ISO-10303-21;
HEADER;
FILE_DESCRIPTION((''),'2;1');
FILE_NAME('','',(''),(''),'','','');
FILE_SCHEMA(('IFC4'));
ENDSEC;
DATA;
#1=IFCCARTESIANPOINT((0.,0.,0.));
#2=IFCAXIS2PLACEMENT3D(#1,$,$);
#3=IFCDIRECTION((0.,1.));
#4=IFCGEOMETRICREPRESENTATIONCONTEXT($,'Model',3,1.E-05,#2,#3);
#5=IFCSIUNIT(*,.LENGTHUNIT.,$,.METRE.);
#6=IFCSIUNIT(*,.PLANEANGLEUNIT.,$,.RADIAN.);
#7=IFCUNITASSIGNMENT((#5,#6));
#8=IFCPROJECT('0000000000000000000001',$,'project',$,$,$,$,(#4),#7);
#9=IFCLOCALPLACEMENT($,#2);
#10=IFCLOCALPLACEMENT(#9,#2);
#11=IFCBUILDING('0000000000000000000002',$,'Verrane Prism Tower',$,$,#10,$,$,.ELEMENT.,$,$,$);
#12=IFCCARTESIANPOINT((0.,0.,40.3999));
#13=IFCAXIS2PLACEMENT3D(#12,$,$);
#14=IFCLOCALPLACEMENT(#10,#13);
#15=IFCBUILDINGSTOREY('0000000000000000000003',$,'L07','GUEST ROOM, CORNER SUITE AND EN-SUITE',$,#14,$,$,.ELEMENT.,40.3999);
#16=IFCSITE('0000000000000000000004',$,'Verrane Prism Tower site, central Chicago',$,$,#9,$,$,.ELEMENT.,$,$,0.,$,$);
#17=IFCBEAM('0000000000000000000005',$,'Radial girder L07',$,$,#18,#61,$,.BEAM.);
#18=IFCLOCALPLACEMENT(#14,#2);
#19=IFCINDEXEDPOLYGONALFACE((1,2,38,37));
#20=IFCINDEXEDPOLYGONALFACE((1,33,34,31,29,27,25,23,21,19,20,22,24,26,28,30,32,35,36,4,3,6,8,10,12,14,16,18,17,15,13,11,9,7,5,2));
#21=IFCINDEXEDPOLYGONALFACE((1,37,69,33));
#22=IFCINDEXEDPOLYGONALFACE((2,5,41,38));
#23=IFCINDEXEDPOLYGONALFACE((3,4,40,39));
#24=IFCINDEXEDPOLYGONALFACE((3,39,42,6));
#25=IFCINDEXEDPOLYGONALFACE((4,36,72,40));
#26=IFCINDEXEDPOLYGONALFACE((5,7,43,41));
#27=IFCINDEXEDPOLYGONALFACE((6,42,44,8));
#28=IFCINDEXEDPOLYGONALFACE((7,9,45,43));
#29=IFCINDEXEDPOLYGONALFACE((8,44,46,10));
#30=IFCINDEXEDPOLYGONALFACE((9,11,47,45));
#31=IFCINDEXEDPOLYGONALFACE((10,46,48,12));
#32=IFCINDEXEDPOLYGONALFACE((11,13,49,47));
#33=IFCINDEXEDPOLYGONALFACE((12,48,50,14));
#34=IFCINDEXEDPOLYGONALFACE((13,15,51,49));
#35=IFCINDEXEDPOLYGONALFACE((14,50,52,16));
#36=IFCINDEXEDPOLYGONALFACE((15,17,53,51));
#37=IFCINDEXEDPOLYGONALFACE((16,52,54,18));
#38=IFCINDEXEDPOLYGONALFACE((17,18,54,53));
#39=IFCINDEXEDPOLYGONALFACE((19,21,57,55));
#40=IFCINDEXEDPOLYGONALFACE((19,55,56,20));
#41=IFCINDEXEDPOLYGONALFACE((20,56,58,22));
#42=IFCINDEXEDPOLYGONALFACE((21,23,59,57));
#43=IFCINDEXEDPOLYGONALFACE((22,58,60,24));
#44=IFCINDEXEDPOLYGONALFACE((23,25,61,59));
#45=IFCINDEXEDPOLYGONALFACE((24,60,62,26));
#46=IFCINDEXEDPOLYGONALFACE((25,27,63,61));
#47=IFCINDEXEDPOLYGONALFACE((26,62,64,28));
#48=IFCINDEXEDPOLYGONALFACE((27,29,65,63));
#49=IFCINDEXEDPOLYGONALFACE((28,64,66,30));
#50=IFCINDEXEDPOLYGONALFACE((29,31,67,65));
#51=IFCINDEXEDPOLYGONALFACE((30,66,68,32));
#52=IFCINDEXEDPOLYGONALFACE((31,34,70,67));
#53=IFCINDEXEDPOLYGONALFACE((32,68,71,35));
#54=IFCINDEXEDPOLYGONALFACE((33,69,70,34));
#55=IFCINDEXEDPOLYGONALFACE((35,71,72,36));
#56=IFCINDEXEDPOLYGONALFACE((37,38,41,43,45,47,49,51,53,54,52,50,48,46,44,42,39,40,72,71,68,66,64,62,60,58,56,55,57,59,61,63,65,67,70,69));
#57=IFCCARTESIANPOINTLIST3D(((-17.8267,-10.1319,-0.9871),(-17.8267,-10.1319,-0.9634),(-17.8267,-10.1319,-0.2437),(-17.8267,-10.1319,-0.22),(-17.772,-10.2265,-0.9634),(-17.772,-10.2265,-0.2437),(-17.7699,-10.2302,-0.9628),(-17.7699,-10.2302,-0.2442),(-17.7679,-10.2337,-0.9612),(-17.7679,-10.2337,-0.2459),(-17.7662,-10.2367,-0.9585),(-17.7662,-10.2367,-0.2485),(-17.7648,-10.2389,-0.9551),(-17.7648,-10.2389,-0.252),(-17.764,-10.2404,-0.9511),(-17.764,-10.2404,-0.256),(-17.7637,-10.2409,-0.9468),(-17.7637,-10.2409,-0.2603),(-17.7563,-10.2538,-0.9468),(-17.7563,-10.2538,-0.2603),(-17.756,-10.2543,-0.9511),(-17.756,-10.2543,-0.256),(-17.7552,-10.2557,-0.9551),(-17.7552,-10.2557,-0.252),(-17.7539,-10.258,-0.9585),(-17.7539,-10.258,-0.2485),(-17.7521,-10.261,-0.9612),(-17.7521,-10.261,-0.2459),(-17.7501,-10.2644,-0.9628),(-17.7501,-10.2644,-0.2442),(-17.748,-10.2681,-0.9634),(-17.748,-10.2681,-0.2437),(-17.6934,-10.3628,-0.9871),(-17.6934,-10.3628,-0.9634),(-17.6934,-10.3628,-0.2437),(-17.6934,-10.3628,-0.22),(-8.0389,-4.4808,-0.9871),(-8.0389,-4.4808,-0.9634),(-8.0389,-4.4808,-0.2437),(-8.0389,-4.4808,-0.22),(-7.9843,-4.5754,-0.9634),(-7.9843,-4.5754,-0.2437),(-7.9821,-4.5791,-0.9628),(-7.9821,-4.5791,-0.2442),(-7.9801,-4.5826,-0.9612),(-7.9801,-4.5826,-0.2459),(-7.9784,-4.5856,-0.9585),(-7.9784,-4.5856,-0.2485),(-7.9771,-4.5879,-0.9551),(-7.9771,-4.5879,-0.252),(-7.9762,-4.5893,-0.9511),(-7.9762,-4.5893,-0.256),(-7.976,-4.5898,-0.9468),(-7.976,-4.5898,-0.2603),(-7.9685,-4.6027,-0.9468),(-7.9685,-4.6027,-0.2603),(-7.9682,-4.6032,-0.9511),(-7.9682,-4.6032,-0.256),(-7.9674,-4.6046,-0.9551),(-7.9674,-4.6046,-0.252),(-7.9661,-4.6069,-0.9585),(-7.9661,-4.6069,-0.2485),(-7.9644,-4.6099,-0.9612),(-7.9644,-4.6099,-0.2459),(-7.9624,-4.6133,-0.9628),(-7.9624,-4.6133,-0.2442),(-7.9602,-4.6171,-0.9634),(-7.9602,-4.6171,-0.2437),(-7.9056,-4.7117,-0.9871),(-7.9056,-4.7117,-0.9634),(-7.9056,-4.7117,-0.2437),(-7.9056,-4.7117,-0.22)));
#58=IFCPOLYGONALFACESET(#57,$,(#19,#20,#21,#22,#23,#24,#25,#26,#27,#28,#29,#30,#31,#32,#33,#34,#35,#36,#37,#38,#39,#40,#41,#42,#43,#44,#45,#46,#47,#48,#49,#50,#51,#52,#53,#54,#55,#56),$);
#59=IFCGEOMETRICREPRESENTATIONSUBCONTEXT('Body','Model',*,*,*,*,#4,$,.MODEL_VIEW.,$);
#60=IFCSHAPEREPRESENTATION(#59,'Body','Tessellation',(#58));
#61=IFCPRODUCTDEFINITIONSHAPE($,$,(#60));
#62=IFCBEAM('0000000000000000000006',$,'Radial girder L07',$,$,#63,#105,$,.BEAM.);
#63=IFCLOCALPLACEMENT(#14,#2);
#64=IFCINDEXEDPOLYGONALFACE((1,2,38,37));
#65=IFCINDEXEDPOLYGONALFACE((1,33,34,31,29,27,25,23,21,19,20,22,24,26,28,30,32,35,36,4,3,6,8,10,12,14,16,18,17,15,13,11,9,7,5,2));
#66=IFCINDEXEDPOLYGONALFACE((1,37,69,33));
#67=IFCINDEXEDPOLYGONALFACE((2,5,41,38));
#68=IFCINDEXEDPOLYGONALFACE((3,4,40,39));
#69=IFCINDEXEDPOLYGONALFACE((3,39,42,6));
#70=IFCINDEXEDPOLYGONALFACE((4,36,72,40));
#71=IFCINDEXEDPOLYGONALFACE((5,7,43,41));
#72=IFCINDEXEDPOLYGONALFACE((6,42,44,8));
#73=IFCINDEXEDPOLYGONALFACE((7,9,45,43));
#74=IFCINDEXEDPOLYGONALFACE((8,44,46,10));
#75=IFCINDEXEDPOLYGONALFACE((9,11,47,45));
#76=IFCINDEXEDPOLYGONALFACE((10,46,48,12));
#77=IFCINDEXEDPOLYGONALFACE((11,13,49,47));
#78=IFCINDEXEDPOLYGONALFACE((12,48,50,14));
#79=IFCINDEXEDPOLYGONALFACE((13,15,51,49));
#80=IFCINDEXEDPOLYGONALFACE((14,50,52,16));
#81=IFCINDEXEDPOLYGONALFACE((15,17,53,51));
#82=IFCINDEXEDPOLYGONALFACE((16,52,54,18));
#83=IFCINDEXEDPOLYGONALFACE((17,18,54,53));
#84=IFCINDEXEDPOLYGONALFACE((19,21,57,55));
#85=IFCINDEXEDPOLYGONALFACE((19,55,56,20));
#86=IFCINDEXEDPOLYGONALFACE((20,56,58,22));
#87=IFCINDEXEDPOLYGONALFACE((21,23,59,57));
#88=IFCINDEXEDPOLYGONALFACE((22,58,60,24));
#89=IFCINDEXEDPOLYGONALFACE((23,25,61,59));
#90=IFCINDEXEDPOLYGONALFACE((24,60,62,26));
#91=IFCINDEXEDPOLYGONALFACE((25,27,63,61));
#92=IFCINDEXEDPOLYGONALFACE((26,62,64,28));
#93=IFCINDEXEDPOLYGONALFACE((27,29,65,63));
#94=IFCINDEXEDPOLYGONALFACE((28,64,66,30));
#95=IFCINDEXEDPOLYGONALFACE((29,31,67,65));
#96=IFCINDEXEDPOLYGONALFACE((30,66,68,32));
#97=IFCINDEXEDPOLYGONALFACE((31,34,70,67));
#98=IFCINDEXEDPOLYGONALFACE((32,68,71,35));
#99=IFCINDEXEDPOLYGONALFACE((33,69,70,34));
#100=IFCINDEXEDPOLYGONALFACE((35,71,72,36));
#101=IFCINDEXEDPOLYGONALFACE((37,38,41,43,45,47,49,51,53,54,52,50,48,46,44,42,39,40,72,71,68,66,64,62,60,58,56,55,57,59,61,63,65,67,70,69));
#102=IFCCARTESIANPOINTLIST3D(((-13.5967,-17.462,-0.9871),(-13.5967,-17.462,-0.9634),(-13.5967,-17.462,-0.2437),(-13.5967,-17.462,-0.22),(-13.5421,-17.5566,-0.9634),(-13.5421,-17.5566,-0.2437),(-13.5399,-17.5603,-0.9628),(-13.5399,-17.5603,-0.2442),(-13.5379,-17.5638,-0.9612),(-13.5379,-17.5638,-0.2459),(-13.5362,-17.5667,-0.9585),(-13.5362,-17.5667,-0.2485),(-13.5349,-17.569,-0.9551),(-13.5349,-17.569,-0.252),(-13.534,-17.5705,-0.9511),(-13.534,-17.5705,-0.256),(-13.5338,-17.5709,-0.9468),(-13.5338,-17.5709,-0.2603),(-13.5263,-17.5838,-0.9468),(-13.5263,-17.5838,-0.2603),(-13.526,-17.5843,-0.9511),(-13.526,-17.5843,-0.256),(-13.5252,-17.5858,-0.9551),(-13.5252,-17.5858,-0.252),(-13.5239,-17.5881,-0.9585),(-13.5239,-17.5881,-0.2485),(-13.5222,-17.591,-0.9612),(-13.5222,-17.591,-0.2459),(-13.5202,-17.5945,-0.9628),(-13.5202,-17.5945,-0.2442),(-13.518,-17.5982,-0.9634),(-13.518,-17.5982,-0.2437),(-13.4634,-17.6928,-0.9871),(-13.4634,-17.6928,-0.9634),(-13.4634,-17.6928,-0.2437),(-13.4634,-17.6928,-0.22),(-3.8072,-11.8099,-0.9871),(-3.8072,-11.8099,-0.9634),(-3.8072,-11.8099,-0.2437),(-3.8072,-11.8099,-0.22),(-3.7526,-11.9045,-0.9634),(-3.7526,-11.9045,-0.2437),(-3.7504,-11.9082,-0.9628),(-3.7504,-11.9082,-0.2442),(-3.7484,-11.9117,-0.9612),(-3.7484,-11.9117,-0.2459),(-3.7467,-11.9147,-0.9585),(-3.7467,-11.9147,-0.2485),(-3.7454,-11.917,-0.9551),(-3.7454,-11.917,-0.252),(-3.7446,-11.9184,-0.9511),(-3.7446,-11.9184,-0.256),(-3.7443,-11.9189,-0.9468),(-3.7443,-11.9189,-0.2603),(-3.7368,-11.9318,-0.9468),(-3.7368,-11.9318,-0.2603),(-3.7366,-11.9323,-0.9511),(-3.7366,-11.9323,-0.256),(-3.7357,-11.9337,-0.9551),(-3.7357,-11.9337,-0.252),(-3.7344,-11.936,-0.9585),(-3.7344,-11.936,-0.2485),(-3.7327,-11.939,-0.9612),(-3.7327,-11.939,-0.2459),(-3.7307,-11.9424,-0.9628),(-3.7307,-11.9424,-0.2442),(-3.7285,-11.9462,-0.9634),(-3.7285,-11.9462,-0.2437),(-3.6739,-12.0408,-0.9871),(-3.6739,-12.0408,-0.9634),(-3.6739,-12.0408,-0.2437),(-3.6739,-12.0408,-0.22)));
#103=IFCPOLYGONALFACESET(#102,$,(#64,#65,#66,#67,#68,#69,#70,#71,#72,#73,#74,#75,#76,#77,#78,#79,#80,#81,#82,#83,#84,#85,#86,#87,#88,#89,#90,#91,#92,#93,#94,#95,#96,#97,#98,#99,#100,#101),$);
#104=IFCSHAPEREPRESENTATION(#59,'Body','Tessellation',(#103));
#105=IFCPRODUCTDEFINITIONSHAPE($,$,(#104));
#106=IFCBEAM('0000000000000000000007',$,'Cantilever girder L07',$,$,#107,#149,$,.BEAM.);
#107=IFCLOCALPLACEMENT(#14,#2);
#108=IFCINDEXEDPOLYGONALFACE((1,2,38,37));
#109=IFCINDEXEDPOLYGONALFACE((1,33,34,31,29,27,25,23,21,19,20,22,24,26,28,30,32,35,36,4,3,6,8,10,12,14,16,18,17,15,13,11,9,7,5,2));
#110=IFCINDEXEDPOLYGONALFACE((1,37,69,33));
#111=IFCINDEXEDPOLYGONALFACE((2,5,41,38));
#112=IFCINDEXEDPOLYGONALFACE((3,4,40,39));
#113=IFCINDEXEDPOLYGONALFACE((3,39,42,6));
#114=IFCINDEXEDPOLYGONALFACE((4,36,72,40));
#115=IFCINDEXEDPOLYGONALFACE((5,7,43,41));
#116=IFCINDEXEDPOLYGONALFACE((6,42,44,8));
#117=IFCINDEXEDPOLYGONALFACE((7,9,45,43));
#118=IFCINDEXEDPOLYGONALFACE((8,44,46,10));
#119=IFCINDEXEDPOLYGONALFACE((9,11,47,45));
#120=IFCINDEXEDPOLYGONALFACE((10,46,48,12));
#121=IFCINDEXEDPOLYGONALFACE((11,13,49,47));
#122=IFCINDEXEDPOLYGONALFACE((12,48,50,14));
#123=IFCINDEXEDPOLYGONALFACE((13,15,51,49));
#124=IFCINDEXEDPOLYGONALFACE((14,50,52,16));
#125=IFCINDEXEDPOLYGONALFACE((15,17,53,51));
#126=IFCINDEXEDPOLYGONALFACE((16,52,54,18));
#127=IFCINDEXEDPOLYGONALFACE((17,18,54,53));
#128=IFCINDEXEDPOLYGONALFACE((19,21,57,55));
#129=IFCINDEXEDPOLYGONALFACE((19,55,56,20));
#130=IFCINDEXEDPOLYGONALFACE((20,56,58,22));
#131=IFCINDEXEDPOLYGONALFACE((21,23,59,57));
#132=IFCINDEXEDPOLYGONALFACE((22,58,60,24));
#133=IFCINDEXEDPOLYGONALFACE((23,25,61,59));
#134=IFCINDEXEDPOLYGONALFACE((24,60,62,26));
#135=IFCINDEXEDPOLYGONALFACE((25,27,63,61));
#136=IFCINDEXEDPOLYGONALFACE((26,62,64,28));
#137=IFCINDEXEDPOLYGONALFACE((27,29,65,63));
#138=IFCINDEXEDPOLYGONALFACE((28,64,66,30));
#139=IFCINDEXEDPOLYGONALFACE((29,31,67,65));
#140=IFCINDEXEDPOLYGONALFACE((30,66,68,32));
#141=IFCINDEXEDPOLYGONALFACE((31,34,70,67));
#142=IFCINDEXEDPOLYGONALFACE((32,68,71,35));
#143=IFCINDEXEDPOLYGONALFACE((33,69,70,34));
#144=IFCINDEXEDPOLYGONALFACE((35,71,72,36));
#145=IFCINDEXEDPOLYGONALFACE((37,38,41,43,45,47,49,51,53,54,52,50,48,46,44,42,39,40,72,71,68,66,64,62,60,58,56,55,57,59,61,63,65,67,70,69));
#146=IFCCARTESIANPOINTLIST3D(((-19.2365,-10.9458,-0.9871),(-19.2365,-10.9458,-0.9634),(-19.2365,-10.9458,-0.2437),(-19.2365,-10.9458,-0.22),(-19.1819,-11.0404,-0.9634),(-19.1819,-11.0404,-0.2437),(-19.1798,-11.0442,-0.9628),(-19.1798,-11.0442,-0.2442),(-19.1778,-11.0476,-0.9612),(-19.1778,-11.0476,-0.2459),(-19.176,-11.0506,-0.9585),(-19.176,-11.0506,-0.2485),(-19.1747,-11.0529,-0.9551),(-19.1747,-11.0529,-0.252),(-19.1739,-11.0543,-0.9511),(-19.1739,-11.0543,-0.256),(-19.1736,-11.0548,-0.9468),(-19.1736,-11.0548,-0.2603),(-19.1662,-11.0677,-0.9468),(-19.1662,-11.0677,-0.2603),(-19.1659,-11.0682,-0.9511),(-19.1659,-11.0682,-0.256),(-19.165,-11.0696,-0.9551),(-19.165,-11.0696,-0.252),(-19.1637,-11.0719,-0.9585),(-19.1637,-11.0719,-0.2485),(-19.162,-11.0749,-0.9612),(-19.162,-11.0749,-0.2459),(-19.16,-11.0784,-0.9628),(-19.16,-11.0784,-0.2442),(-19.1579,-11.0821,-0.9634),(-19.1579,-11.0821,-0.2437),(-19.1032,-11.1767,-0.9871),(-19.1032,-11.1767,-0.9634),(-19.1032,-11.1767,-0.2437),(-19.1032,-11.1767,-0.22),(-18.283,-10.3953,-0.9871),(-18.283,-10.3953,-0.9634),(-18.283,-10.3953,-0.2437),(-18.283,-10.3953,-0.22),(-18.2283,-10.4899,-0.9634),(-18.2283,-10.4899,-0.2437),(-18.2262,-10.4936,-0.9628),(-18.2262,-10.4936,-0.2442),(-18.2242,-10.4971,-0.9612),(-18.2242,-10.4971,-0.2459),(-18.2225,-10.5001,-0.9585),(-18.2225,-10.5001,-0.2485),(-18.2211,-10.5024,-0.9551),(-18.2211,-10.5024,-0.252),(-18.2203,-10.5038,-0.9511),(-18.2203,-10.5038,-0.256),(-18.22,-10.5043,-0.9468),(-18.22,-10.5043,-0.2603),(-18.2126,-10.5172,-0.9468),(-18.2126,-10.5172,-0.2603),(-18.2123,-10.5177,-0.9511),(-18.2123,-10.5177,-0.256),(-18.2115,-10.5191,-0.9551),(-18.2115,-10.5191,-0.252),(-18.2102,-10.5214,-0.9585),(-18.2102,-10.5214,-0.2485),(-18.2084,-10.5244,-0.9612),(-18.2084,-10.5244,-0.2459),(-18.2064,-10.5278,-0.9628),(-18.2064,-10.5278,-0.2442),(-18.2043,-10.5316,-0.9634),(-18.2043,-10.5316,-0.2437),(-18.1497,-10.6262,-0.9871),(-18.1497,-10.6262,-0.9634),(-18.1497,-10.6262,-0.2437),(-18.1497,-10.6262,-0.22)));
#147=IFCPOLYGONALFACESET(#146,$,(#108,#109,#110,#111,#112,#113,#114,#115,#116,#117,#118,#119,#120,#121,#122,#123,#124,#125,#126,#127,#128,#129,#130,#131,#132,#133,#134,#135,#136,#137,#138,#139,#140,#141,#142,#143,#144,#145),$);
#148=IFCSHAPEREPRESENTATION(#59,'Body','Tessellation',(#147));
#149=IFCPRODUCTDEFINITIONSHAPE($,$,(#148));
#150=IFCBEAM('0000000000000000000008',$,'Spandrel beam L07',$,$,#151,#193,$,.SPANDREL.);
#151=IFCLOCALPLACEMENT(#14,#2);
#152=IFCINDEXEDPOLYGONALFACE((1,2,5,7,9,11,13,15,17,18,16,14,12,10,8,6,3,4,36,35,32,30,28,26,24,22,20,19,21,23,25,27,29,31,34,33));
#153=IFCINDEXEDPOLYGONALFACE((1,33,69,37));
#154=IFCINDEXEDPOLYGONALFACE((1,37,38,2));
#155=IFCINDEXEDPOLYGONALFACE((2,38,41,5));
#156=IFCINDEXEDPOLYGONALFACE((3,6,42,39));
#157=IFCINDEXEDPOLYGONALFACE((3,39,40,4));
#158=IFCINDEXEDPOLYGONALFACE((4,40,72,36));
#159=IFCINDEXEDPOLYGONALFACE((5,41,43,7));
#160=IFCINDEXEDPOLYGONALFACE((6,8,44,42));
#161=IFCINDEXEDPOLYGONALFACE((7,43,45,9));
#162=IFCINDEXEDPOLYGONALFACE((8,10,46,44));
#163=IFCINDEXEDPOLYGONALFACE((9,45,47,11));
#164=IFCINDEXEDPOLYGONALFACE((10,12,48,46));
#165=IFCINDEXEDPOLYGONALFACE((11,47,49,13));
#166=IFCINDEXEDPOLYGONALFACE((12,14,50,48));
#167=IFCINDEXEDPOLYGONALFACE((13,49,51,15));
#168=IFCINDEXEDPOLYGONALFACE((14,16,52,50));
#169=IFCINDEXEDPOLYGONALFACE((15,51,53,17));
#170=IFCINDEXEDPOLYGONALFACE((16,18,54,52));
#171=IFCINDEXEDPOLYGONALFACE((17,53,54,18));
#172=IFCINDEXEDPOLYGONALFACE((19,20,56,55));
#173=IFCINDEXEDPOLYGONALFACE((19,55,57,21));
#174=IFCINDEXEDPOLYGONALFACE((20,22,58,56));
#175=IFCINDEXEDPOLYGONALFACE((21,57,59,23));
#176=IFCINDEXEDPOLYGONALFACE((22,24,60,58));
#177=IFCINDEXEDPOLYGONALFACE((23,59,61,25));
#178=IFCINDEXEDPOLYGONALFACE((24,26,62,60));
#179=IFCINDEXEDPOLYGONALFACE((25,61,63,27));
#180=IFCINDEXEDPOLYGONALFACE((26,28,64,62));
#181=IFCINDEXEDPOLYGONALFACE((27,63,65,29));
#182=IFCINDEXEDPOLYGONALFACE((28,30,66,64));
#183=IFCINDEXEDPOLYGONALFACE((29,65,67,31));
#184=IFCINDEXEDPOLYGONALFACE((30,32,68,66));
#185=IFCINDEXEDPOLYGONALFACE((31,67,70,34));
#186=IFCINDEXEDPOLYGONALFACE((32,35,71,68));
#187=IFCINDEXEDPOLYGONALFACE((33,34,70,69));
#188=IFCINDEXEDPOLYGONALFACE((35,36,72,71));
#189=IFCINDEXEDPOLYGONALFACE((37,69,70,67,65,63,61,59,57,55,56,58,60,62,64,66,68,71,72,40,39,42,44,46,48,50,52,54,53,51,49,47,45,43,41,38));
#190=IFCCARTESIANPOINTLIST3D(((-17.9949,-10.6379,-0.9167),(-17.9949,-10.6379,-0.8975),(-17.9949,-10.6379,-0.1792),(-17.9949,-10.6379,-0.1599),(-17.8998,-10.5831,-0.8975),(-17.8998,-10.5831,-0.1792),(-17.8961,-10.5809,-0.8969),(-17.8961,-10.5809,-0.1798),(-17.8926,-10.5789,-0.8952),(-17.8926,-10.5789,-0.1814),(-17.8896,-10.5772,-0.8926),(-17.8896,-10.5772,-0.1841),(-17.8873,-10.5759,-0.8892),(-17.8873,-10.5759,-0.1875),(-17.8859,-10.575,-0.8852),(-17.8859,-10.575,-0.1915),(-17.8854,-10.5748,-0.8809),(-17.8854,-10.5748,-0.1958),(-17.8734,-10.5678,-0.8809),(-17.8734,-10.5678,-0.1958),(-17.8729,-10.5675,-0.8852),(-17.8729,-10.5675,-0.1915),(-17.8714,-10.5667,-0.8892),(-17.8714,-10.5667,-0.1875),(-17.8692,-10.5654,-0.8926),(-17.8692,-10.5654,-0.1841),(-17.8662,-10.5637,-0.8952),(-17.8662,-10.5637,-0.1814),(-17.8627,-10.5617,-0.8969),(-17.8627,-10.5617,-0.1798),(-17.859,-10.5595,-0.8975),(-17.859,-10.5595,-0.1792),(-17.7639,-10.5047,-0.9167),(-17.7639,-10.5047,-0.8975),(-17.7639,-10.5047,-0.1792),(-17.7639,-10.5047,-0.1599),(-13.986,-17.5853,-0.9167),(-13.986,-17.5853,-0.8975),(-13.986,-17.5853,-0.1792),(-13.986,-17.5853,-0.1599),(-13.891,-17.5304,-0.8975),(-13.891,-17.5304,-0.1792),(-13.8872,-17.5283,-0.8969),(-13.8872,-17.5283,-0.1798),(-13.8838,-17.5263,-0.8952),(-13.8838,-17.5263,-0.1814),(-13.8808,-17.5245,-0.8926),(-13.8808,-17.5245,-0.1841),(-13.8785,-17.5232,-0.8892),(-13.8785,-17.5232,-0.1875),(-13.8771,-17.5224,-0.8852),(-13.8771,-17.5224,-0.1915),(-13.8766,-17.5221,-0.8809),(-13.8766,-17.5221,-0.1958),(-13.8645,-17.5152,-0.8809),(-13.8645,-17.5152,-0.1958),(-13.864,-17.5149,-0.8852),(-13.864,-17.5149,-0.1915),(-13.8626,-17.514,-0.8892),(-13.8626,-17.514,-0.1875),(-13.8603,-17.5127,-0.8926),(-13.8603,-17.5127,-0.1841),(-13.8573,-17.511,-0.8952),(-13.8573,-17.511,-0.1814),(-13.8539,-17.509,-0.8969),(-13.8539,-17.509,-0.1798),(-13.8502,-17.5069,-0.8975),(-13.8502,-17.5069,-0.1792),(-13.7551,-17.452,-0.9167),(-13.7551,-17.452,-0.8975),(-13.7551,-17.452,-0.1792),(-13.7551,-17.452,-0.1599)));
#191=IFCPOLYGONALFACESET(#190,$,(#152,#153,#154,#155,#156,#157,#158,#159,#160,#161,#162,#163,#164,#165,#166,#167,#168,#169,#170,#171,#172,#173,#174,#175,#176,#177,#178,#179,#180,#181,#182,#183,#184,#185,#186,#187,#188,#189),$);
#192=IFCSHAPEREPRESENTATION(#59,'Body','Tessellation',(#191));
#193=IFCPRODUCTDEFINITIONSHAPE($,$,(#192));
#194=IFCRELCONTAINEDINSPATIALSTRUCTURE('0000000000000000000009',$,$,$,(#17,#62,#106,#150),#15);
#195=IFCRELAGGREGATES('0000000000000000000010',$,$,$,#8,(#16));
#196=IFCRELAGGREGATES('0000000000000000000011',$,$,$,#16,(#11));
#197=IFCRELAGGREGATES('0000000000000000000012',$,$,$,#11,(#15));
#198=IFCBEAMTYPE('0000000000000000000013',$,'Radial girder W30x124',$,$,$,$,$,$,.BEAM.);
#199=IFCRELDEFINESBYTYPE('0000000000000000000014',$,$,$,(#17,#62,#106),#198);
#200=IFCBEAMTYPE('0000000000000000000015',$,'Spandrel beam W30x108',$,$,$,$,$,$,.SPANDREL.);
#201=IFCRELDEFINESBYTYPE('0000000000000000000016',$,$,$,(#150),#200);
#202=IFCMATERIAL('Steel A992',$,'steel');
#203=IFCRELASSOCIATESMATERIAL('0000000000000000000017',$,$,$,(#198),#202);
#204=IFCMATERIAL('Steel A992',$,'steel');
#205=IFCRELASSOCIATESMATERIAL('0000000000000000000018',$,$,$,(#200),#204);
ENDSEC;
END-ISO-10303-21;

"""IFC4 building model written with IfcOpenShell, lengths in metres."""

from ifc_helpers import new_model, si_unit, direction, frame, origin, origin_2d, place, context, subcontext, project, spatial, i_section, extrude, material, material_profile, profile_set, type_object, element, save


model = new_model("IFC4")

# Units and contexts
model_context = context("Model", 3, precision=1e-05, world=origin(), true_north=direction((0.0, 1.0)))
body_context = subcontext(model_context, "Body", "Model", "MODEL_VIEW")
ifc_project = project(units=[si_unit("LENGTHUNIT", "METRE"), si_unit("PLANEANGLEUNIT", "RADIAN")], contexts=[model_context])

# Site, building, storey
site_placement = place(None, origin())
site = spatial("IfcSite", under=ifc_project, at=site_placement, Name="Verrane Prism Tower site, central Chicago", CompositionType="ELEMENT", RefElevation=0.0)
building_placement = place(site_placement, origin())
building = spatial("IfcBuilding", under=site, at=building_placement, Name="Verrane Prism Tower", CompositionType="ELEMENT")
storey_placement = place(building_placement, frame((0.0, 0.0, 40.3999)))
storey = spatial("IfcBuildingStorey", under=building, at=storey_placement, Name="L07", Description="GUEST ROOM, CORNER SUITE AND EN-SUITE", CompositionType="ELEMENT", Elevation=40.3999)

# Beams
ifc_material_1 = material(Name="Steel A992", Category="steel")
ifc_material_profile_1 = material_profile(ifc_material_1, i_section(OverallWidth=0.2666, OverallDepth=0.7671, WebThickness=0.0149, FlangeThickness=0.0237, FilletRadius=0.0166, at=origin_2d()), Name="W30x124")
ifc_profile_set_1 = profile_set([ifc_material_profile_1], Name="Steel A992")
beam_type_1 = type_object("IfcBeamType", Name="Radial girder W30x124", PredefinedType="BEAM", material=ifc_profile_set_1)
beam_1_placement = place(storey_placement, frame((-17.76, -10.2473, -0.6035), z_axis=(0.866021, 0.500007, 0.0), x_axis=(-0.500007, 0.866021, 0.0)))
element("IfcBeam", 1, at=beam_1_placement, inside=storey, type_object=beam_type_1, Name="Radial girder L07", PredefinedType="BEAM", context=body_context, shape_type="SweptSolid", body=[
    extrude(i_section(OverallWidth=0.2666, OverallDepth=0.7671, WebThickness=0.0149, FlangeThickness=0.0237, FilletRadius=0.0166, at=origin_2d()), origin(), (0.0, 0.0, 1.0), 11.302),
])
beam_2_placement = place(storey_placement, frame((-13.53, -17.5774, -0.6035), z_axis=(0.866022, 0.500007, 0.0), x_axis=(-0.500007, 0.866022, 0.0)))
element("IfcBeam", 2, at=beam_2_placement, inside=storey, type_object=beam_type_1, Name="Radial girder L07", PredefinedType="BEAM", context=body_context, shape_type="SweptSolid", body=[
    extrude(i_section(OverallWidth=0.2666, OverallDepth=0.7671, WebThickness=0.0149, FlangeThickness=0.0237, FilletRadius=0.0166, at=origin_2d()), origin(), (0.0, 0.0, 1.0), 11.304),
])
beam_3_placement = place(storey_placement, frame((-18.2163, -10.5107, -0.6035), z_axis=(-0.866038, -0.499978, 0.0), x_axis=(0.499978, -0.866038, 0.0)))
element("IfcBeam", 3, at=beam_3_placement, inside=storey, type_object=beam_type_1, Name="Cantilever girder L07", PredefinedType="BEAM", context=body_context, shape_type="SweptSolid", body=[
    extrude(i_section(OverallWidth=0.2666, OverallDepth=0.7671, WebThickness=0.0149, FlangeThickness=0.0237, FilletRadius=0.0166, at=origin_2d()), origin(), (0.0, 0.0, 1.0), 1.1011),
])
ifc_material_2 = material(Name="Steel A992", Category="steel")
ifc_material_profile_2 = material_profile(ifc_material_2, i_section(OverallWidth=0.2666, OverallDepth=0.7568, WebThickness=0.0139, FlangeThickness=0.0193, FilletRadius=0.0166, at=origin_2d()), Name="W30x108")
ifc_profile_set_2 = profile_set([ifc_material_profile_2], Name="Steel A992")
beam_type_2 = type_object("IfcBeamType", Name="Spandrel beam W30x108", PredefinedType="SPANDREL", material=ifc_profile_set_2)
for number, where, z_axis, x_axis, name in (
    (4, (-17.8794, -10.5713, -0.5383), (0.499793, -0.866145, 0.0), (0.866145, 0.499793, 0.0), "Spandrel beam L07"),
):
    element("IfcBeam", number, at=place(storey_placement, frame(where, z_axis=z_axis, x_axis=x_axis)), inside=storey, type_object=beam_type_2, Name=name, PredefinedType="SPANDREL", context=body_context, shape_type="SweptSolid", body=[
        extrude(i_section(OverallWidth=0.2666, OverallDepth=0.7568, WebThickness=0.0139, FlangeThickness=0.0193, FilletRadius=0.0166, at=origin_2d()), origin(), (0.0, 0.0, 1.0), 8.021),
    ])

save(model, "model.ifc")
